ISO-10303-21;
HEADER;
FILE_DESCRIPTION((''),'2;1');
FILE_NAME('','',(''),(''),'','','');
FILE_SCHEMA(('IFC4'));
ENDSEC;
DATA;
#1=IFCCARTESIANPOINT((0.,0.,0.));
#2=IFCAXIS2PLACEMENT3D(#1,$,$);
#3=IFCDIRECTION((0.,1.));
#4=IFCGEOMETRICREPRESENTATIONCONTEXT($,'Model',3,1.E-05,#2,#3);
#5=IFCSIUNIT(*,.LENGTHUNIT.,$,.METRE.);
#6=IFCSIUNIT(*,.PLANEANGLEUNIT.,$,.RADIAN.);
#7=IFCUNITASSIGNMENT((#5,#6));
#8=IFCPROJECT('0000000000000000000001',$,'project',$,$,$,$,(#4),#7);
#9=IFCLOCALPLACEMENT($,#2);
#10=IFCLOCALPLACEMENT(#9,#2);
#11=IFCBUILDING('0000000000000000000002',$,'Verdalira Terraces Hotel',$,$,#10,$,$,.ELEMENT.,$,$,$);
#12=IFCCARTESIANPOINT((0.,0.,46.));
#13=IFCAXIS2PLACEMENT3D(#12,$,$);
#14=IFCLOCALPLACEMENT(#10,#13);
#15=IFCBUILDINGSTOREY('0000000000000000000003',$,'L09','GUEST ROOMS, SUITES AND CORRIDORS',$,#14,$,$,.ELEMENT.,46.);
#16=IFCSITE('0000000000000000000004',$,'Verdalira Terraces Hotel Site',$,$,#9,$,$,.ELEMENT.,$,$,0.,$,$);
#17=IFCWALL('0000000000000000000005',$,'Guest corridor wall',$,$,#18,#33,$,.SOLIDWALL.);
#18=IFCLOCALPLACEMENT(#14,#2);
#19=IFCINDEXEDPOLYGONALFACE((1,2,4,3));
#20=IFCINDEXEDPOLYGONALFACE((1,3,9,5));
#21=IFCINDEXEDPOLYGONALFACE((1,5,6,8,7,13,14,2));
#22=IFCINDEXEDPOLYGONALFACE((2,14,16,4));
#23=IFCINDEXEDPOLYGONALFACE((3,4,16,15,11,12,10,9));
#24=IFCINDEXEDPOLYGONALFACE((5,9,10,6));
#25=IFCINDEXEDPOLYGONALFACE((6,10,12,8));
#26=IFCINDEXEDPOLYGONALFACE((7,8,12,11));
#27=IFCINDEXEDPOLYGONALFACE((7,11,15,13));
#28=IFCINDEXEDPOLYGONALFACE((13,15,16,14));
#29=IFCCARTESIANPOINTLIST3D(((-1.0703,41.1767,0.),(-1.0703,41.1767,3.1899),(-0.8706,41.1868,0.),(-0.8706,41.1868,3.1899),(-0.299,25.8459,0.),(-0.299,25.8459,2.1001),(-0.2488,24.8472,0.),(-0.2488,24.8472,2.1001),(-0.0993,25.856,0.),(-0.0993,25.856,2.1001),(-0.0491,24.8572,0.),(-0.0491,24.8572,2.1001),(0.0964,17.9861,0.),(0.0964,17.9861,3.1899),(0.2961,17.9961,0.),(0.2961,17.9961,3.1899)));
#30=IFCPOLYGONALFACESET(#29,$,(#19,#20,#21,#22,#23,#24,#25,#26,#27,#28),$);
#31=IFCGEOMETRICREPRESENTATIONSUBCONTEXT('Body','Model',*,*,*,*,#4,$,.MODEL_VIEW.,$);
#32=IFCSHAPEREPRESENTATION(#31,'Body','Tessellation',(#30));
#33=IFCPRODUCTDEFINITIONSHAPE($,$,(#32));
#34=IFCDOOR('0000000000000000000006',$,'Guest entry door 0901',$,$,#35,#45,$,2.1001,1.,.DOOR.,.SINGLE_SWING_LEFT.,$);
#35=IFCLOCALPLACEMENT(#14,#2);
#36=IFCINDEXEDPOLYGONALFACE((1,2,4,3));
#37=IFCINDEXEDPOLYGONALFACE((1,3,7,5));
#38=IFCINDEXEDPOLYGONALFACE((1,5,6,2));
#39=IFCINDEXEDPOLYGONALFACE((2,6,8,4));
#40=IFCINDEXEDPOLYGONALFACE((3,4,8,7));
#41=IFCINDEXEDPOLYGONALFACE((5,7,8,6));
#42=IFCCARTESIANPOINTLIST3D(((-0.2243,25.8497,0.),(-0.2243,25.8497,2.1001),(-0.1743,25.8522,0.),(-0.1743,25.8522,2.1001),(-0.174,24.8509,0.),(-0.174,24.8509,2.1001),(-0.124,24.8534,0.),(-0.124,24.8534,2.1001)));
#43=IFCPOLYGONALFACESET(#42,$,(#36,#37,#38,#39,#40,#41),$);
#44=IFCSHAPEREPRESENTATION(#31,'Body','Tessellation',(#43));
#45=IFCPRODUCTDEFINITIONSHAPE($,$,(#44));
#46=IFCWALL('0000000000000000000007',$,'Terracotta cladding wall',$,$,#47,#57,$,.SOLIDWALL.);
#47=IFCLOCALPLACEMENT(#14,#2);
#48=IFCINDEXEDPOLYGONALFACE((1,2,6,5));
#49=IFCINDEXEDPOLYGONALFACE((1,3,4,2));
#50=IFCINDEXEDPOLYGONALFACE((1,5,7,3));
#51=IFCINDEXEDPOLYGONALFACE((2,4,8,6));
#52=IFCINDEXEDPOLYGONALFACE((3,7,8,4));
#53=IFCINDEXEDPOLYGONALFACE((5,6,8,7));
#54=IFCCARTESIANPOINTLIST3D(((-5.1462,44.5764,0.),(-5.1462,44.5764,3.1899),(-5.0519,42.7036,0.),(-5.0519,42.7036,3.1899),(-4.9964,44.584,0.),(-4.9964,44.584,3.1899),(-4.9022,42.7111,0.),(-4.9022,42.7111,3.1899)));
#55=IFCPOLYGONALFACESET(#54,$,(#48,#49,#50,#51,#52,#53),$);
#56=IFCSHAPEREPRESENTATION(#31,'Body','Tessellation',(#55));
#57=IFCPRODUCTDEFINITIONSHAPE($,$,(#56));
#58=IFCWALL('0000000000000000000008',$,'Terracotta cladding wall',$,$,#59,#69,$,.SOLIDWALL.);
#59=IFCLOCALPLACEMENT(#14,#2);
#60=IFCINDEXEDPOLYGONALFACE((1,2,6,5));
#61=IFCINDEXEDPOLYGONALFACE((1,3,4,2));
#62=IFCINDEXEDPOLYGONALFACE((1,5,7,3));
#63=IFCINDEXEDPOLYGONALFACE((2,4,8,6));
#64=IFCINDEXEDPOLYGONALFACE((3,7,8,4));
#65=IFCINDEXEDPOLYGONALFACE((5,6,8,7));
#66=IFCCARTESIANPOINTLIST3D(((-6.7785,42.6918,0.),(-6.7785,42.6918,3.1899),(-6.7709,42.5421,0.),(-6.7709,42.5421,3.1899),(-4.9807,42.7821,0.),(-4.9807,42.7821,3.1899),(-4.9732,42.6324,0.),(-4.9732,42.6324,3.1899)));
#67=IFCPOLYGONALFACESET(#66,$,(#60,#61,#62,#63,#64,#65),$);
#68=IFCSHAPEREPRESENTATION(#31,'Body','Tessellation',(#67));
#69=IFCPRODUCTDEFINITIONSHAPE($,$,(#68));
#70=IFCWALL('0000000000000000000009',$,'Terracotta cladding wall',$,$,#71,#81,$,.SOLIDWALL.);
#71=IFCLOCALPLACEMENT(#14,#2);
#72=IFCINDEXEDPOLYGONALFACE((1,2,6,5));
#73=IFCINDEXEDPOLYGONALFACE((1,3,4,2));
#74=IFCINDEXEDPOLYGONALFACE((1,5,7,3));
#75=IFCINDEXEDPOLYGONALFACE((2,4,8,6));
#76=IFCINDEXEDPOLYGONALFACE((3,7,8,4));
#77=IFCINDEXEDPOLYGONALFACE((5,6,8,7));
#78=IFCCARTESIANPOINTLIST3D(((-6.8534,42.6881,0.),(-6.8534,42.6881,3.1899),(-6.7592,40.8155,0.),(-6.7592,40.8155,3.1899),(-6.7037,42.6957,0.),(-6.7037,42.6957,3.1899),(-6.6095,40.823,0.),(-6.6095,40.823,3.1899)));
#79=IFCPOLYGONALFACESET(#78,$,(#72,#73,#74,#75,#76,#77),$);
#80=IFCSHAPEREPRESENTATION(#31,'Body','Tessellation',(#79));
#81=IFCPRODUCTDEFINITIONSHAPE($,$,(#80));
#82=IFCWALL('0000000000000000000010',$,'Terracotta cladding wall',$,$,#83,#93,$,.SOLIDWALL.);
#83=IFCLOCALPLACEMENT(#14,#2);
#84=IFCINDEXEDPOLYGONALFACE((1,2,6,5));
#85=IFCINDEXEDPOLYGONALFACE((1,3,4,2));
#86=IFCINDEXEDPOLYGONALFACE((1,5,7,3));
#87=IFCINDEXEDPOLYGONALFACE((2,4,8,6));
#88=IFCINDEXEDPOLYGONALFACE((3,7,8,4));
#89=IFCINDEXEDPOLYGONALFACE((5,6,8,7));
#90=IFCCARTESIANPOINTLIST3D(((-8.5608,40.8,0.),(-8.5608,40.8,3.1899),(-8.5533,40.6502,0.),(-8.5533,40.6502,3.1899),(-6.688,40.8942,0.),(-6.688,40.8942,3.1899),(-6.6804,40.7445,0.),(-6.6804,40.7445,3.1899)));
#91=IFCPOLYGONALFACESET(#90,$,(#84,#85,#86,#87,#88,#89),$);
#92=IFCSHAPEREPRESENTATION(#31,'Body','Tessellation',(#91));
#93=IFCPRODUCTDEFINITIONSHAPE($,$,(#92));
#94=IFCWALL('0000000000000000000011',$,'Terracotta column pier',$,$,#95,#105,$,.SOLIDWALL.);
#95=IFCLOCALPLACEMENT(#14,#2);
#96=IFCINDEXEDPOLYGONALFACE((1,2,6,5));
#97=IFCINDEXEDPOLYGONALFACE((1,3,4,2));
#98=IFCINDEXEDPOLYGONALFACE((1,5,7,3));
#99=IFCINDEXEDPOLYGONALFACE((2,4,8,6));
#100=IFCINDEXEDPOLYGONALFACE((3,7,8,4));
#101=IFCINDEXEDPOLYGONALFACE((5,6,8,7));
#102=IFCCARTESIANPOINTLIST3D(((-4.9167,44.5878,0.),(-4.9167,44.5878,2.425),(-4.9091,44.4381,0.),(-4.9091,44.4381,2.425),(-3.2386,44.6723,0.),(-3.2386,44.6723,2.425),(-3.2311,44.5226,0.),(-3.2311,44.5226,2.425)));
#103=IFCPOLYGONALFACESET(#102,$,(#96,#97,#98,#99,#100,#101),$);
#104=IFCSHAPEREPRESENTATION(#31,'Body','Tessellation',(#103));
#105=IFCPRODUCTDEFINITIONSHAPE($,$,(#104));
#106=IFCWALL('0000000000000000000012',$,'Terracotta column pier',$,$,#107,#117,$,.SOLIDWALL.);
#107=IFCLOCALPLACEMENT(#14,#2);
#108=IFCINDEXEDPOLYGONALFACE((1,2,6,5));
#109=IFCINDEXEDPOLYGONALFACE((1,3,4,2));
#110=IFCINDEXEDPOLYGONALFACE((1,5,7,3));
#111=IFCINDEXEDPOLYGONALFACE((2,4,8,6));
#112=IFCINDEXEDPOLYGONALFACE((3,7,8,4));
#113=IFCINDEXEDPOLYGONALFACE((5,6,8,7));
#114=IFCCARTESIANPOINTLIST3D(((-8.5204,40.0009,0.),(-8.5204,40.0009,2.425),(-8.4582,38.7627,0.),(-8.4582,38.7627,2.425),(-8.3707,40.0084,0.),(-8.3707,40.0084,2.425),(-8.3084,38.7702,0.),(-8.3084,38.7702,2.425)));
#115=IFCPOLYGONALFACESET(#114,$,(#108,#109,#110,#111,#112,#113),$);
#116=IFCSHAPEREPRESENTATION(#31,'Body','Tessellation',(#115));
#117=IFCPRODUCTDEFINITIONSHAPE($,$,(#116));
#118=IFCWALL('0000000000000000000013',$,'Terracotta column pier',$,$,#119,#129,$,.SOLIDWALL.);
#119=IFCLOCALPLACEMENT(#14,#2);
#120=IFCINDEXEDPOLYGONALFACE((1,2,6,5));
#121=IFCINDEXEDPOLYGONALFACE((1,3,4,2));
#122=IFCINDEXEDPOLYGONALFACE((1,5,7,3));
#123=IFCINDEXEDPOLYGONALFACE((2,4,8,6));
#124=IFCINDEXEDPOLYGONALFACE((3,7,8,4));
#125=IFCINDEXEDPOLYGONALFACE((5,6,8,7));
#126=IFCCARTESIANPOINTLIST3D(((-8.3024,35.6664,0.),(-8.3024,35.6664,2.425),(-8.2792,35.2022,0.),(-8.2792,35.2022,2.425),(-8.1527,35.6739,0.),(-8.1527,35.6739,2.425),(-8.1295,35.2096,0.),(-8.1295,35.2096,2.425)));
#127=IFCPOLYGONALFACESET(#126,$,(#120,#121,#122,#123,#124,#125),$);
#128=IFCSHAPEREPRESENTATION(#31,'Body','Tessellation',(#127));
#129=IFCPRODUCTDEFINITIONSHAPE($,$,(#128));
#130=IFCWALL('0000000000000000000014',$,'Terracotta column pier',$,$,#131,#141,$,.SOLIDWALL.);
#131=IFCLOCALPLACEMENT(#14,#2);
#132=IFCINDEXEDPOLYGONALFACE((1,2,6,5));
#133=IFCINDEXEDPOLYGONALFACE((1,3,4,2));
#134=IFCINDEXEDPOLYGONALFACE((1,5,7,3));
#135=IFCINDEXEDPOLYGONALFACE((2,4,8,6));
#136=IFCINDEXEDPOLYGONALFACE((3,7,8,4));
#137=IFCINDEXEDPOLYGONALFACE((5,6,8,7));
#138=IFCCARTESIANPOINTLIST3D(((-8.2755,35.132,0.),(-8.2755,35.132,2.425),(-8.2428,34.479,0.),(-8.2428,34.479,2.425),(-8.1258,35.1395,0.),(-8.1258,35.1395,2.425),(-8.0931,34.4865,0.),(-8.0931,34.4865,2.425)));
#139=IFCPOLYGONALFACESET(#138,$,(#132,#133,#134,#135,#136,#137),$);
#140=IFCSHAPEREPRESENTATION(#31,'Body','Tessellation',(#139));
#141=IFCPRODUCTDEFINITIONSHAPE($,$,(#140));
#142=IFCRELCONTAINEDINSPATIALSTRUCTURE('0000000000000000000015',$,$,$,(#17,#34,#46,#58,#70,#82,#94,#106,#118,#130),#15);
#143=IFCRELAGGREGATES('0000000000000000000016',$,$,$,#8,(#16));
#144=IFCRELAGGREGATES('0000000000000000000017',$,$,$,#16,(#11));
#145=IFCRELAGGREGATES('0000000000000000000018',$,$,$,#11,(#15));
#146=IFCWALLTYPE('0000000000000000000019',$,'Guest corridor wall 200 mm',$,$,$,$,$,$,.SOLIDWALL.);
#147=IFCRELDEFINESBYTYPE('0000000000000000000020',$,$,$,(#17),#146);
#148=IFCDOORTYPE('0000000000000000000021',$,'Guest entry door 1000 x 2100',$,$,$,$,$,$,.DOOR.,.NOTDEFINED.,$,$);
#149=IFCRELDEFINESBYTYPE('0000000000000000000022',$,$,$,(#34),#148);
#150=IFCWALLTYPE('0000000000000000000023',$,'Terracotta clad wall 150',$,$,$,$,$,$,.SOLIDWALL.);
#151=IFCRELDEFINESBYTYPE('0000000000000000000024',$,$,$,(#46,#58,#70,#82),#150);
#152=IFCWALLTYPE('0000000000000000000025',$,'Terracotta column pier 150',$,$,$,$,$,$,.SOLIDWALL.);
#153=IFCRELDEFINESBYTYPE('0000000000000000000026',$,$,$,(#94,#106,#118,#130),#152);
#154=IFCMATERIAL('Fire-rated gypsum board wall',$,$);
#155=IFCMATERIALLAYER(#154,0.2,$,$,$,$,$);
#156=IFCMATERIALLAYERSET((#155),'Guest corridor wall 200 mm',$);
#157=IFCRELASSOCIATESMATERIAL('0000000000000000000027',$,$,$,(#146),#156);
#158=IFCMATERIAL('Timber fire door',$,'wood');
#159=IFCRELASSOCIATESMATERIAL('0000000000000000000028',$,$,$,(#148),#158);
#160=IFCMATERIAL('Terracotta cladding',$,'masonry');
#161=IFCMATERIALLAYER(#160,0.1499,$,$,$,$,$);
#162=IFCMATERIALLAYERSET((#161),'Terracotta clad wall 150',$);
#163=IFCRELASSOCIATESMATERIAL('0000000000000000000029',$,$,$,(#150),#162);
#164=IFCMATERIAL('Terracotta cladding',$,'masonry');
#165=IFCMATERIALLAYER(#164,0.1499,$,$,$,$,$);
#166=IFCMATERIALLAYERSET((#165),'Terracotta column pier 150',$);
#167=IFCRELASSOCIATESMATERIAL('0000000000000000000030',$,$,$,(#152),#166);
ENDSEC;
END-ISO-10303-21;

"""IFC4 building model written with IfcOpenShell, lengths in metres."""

from ifc_helpers import new_model, si_unit, direction, frame, frame_2d, origin, place, context, subcontext, project, spatial, rectangle, extrude, material, layer, layer_set, type_object, element, fill, save


model = new_model("IFC4")

# Units and contexts
model_context = context("Model", 3, precision=1e-05, world=origin(), true_north=direction((0.0, 1.0)))
body_context = subcontext(model_context, "Body", "Model", "MODEL_VIEW")
ifc_project = project(units=[si_unit("LENGTHUNIT", "METRE"), si_unit("PLANEANGLEUNIT", "RADIAN")], contexts=[model_context])

# Site, building, storey
site_placement = place(None, origin())
site = spatial("IfcSite", under=ifc_project, at=site_placement, Name="Verdalira Terraces Hotel Site", CompositionType="ELEMENT", RefElevation=0.0)
building_placement = place(site_placement, origin())
building = spatial("IfcBuilding", under=site, at=building_placement, Name="Verdalira Terraces Hotel", CompositionType="ELEMENT")
storey_placement = place(building_placement, frame((0.0, 0.0, 46.0)))
storey = spatial("IfcBuildingStorey", under=building, at=storey_placement, Name="L09", Description="GUEST ROOMS, SUITES AND CORRIDORS", CompositionType="ELEMENT", Elevation=46.0)

# Wall, opening, door
ifc_material_1 = material(Name="Fire-rated gypsum board wall")
ifc_layer_1 = layer(ifc_material_1, 0.2)
ifc_layer_set_1 = layer_set([ifc_layer_1], Name="Guest corridor wall 200 mm")
wall_type_1 = type_object("IfcWallType", Name="Guest corridor wall 200 mm", PredefinedType="SOLIDWALL", material=ifc_layer_set_1)
ifc_material_2 = material(Name="Timber fire door", Category="wood")
door_type_1 = type_object("IfcDoorType", Name="Guest entry door 1000 x 2100", OperationType="NOTDEFINED", PredefinedType="DOOR", material=ifc_material_2)
wall_1_placement = place(storey_placement, frame((-0.9705, 41.1816, 0.0), z_axis=(0.0, 0.0, 1.0), x_axis=(0.050248, -0.998737, 0.0)))
wall_1 = element("IfcWall", 1, at=wall_1_placement, inside=storey, type_object=wall_type_1, Name="Guest corridor wall", PredefinedType="SOLIDWALL", context=body_context, shape_type="SweptSolid", body=[
    extrude(rectangle(XDim=23.22, YDim=0.2, at=frame_2d((11.6099, 0.0))), origin(), (0.0, 0.0, 1.0), 3.1899),
])
opening_1_placement = place(wall_1_placement, frame((15.3501, 0.0, 0.0)))
opening_1 = element("IfcOpeningElement", 2, at=opening_1_placement, cuts=wall_1, PredefinedType="OPENING", context=body_context, shape_type="SweptSolid", body=[
    extrude(rectangle(XDim=1.0, YDim=2.1001, at=frame_2d((0.5, 1.05))), frame((0.0, 0.1099, 0.0), z_axis=(0.0, -1.0, 0.0), x_axis=(1.0, 0.0, 0.0)), (0.0, 0.0, 1.0), 0.22),
])
door_1_placement = place(opening_1_placement, origin())
door_1 = element("IfcDoor", 3, at=door_1_placement, inside=storey, type_object=door_type_1, Name="Guest entry door 0901", OperationType="SINGLE_SWING_LEFT", OverallHeight=2.1001, OverallWidth=1.0, PredefinedType="DOOR", context=body_context, shape_type="SweptSolid", body=[
    extrude(rectangle(XDim=1.0, YDim=2.1001, at=frame_2d((0.5, 1.05))), frame((0.0, 0.0249, 0.0), z_axis=(0.0, -1.0, 0.0), x_axis=(1.0, 0.0, 0.0)), (0.0, 0.0, 1.0), 0.05),
])
fill(opening_1, door_1)

# Walls
ifc_material_3 = material(Name="Terracotta cladding", Category="masonry")
ifc_layer_2 = layer(ifc_material_3, 0.1499)
ifc_layer_set_2 = layer_set([ifc_layer_2], Name="Terracotta clad wall 150")
wall_type_2 = type_object("IfcWallType", Name="Terracotta clad wall 150", PredefinedType="SOLIDWALL", material=ifc_layer_set_2)
wall_2_placement = place(storey_placement, frame((-5.0713, 44.5801, 0.0), z_axis=(0.0, 0.0, 1.0), x_axis=(0.050256, -0.998736, 0.0)))
element("IfcWall", 4, at=wall_2_placement, inside=storey, type_object=wall_type_2, Name="Terracotta cladding wall", PredefinedType="SOLIDWALL", context=body_context, shape_type="SweptSolid", body=[
    extrude(rectangle(XDim=1.8752, YDim=0.1499, at=frame_2d((0.9375, 0.0))), origin(), (0.0, 0.0, 1.0), 3.1899),
])
wall_3_placement = place(storey_placement, frame((-4.9771, 42.7073, 0.0), z_axis=(0.0, 0.0, 1.0), x_axis=(-0.99874, -0.050181, 0.0)))
element("IfcWall", 5, at=wall_3_placement, inside=storey, type_object=wall_type_2, Name="Terracotta cladding wall", PredefinedType="SOLIDWALL", context=body_context, shape_type="SweptSolid", body=[
    extrude(rectangle(XDim=1.8, YDim=0.1499, at=frame_2d((0.8999, 0.0))), origin(), (0.0, 0.0, 1.0), 3.1899),
])
wall_4_placement = place(storey_placement, frame((-6.7786, 42.6919, 0.0), z_axis=(0.0, 0.0, 1.0), x_axis=(0.050262, -0.998736, 0.0)))
element("IfcWall", 6, at=wall_4_placement, inside=storey, type_object=wall_type_2, Name="Terracotta cladding wall", PredefinedType="SOLIDWALL", context=body_context, shape_type="SweptSolid", body=[
    extrude(rectangle(XDim=1.875, YDim=0.1499, at=frame_2d((0.9375, 0.0))), origin(), (0.0, 0.0, 1.0), 3.1899),
])
wall_5_placement = place(storey_placement, frame((-6.6843, 40.8193, 0.0), z_axis=(0.0, 0.0, 1.0), x_axis=(-0.998736, -0.050256, 0.0)))
element("IfcWall", 7, at=wall_5_placement, inside=storey, type_object=wall_type_2, Name="Terracotta cladding wall", PredefinedType="SOLIDWALL", context=body_context, shape_type="SweptSolid", body=[
    extrude(rectangle(XDim=1.8752, YDim=0.1499, at=frame_2d((0.9375, 0.0))), origin(), (0.0, 0.0, 1.0), 3.1899),
])
ifc_material_4 = material(Name="Terracotta cladding", Category="masonry")
ifc_layer_3 = layer(ifc_material_4, 0.1499)
ifc_layer_set_3 = layer_set([ifc_layer_3], Name="Terracotta column pier 150")
wall_type_3 = type_object("IfcWallType", Name="Terracotta column pier 150", PredefinedType="SOLIDWALL", material=ifc_layer_set_3)
wall_6_placement = place(storey_placement, frame((-3.2349, 44.5974, 0.0), z_axis=(0.0, 0.0, 1.0), x_axis=(-0.998735, -0.050278, 0.0)))
element("IfcWall", 8, at=wall_6_placement, inside=storey, type_object=wall_type_3, Name="Terracotta column pier", PredefinedType="SOLIDWALL", context=body_context, shape_type="SweptSolid", body=[
    extrude(rectangle(XDim=1.6802, YDim=0.1499, at=frame_2d((0.8401, 0.0))), origin(), (0.0, 0.0, 1.0), 2.425),
])
wall_7_placement = place(storey_placement, frame((-8.4456, 40.0046, 0.0), z_axis=(0.0, 0.0, 1.0), x_axis=(0.050213, -0.998739, 0.0)))
element("IfcWall", 9, at=wall_7_placement, inside=storey, type_object=wall_type_3, Name="Terracotta column pier", PredefinedType="SOLIDWALL", context=body_context, shape_type="SweptSolid", body=[
    extrude(rectangle(XDim=1.2397, YDim=0.1499, at=frame_2d((0.6199, 0.0))), origin(), (0.0, 0.0, 1.0), 2.425),
])
wall_8_placement = place(storey_placement, frame((-8.2275, 35.6702, 0.0), z_axis=(0.0, 0.0, 1.0), x_axis=(0.049885, -0.998755, 0.0)))
element("IfcWall", 10, at=wall_8_placement, inside=storey, type_object=wall_type_3, Name="Terracotta column pier", PredefinedType="SOLIDWALL", context=body_context, shape_type="SweptSolid", body=[
    extrude(rectangle(XDim=0.4648, YDim=0.1499, at=frame_2d((0.2324, 0.0))), origin(), (0.0, 0.0, 1.0), 2.425),
])
wall_9_placement = place(storey_placement, frame((-8.2007, 35.1357, 0.0), z_axis=(0.0, 0.0, 1.0), x_axis=(0.050031, -0.998748, 0.0)))
element("IfcWall", 11, at=wall_9_placement, inside=storey, type_object=wall_type_3, Name="Terracotta column pier", PredefinedType="SOLIDWALL", context=body_context, shape_type="SweptSolid", body=[
    extrude(rectangle(XDim=0.6538, YDim=0.1499, at=frame_2d((0.3269, 0.0))), origin(), (0.0, 0.0, 1.0), 2.425),
])

save(model, "model.ifc")
